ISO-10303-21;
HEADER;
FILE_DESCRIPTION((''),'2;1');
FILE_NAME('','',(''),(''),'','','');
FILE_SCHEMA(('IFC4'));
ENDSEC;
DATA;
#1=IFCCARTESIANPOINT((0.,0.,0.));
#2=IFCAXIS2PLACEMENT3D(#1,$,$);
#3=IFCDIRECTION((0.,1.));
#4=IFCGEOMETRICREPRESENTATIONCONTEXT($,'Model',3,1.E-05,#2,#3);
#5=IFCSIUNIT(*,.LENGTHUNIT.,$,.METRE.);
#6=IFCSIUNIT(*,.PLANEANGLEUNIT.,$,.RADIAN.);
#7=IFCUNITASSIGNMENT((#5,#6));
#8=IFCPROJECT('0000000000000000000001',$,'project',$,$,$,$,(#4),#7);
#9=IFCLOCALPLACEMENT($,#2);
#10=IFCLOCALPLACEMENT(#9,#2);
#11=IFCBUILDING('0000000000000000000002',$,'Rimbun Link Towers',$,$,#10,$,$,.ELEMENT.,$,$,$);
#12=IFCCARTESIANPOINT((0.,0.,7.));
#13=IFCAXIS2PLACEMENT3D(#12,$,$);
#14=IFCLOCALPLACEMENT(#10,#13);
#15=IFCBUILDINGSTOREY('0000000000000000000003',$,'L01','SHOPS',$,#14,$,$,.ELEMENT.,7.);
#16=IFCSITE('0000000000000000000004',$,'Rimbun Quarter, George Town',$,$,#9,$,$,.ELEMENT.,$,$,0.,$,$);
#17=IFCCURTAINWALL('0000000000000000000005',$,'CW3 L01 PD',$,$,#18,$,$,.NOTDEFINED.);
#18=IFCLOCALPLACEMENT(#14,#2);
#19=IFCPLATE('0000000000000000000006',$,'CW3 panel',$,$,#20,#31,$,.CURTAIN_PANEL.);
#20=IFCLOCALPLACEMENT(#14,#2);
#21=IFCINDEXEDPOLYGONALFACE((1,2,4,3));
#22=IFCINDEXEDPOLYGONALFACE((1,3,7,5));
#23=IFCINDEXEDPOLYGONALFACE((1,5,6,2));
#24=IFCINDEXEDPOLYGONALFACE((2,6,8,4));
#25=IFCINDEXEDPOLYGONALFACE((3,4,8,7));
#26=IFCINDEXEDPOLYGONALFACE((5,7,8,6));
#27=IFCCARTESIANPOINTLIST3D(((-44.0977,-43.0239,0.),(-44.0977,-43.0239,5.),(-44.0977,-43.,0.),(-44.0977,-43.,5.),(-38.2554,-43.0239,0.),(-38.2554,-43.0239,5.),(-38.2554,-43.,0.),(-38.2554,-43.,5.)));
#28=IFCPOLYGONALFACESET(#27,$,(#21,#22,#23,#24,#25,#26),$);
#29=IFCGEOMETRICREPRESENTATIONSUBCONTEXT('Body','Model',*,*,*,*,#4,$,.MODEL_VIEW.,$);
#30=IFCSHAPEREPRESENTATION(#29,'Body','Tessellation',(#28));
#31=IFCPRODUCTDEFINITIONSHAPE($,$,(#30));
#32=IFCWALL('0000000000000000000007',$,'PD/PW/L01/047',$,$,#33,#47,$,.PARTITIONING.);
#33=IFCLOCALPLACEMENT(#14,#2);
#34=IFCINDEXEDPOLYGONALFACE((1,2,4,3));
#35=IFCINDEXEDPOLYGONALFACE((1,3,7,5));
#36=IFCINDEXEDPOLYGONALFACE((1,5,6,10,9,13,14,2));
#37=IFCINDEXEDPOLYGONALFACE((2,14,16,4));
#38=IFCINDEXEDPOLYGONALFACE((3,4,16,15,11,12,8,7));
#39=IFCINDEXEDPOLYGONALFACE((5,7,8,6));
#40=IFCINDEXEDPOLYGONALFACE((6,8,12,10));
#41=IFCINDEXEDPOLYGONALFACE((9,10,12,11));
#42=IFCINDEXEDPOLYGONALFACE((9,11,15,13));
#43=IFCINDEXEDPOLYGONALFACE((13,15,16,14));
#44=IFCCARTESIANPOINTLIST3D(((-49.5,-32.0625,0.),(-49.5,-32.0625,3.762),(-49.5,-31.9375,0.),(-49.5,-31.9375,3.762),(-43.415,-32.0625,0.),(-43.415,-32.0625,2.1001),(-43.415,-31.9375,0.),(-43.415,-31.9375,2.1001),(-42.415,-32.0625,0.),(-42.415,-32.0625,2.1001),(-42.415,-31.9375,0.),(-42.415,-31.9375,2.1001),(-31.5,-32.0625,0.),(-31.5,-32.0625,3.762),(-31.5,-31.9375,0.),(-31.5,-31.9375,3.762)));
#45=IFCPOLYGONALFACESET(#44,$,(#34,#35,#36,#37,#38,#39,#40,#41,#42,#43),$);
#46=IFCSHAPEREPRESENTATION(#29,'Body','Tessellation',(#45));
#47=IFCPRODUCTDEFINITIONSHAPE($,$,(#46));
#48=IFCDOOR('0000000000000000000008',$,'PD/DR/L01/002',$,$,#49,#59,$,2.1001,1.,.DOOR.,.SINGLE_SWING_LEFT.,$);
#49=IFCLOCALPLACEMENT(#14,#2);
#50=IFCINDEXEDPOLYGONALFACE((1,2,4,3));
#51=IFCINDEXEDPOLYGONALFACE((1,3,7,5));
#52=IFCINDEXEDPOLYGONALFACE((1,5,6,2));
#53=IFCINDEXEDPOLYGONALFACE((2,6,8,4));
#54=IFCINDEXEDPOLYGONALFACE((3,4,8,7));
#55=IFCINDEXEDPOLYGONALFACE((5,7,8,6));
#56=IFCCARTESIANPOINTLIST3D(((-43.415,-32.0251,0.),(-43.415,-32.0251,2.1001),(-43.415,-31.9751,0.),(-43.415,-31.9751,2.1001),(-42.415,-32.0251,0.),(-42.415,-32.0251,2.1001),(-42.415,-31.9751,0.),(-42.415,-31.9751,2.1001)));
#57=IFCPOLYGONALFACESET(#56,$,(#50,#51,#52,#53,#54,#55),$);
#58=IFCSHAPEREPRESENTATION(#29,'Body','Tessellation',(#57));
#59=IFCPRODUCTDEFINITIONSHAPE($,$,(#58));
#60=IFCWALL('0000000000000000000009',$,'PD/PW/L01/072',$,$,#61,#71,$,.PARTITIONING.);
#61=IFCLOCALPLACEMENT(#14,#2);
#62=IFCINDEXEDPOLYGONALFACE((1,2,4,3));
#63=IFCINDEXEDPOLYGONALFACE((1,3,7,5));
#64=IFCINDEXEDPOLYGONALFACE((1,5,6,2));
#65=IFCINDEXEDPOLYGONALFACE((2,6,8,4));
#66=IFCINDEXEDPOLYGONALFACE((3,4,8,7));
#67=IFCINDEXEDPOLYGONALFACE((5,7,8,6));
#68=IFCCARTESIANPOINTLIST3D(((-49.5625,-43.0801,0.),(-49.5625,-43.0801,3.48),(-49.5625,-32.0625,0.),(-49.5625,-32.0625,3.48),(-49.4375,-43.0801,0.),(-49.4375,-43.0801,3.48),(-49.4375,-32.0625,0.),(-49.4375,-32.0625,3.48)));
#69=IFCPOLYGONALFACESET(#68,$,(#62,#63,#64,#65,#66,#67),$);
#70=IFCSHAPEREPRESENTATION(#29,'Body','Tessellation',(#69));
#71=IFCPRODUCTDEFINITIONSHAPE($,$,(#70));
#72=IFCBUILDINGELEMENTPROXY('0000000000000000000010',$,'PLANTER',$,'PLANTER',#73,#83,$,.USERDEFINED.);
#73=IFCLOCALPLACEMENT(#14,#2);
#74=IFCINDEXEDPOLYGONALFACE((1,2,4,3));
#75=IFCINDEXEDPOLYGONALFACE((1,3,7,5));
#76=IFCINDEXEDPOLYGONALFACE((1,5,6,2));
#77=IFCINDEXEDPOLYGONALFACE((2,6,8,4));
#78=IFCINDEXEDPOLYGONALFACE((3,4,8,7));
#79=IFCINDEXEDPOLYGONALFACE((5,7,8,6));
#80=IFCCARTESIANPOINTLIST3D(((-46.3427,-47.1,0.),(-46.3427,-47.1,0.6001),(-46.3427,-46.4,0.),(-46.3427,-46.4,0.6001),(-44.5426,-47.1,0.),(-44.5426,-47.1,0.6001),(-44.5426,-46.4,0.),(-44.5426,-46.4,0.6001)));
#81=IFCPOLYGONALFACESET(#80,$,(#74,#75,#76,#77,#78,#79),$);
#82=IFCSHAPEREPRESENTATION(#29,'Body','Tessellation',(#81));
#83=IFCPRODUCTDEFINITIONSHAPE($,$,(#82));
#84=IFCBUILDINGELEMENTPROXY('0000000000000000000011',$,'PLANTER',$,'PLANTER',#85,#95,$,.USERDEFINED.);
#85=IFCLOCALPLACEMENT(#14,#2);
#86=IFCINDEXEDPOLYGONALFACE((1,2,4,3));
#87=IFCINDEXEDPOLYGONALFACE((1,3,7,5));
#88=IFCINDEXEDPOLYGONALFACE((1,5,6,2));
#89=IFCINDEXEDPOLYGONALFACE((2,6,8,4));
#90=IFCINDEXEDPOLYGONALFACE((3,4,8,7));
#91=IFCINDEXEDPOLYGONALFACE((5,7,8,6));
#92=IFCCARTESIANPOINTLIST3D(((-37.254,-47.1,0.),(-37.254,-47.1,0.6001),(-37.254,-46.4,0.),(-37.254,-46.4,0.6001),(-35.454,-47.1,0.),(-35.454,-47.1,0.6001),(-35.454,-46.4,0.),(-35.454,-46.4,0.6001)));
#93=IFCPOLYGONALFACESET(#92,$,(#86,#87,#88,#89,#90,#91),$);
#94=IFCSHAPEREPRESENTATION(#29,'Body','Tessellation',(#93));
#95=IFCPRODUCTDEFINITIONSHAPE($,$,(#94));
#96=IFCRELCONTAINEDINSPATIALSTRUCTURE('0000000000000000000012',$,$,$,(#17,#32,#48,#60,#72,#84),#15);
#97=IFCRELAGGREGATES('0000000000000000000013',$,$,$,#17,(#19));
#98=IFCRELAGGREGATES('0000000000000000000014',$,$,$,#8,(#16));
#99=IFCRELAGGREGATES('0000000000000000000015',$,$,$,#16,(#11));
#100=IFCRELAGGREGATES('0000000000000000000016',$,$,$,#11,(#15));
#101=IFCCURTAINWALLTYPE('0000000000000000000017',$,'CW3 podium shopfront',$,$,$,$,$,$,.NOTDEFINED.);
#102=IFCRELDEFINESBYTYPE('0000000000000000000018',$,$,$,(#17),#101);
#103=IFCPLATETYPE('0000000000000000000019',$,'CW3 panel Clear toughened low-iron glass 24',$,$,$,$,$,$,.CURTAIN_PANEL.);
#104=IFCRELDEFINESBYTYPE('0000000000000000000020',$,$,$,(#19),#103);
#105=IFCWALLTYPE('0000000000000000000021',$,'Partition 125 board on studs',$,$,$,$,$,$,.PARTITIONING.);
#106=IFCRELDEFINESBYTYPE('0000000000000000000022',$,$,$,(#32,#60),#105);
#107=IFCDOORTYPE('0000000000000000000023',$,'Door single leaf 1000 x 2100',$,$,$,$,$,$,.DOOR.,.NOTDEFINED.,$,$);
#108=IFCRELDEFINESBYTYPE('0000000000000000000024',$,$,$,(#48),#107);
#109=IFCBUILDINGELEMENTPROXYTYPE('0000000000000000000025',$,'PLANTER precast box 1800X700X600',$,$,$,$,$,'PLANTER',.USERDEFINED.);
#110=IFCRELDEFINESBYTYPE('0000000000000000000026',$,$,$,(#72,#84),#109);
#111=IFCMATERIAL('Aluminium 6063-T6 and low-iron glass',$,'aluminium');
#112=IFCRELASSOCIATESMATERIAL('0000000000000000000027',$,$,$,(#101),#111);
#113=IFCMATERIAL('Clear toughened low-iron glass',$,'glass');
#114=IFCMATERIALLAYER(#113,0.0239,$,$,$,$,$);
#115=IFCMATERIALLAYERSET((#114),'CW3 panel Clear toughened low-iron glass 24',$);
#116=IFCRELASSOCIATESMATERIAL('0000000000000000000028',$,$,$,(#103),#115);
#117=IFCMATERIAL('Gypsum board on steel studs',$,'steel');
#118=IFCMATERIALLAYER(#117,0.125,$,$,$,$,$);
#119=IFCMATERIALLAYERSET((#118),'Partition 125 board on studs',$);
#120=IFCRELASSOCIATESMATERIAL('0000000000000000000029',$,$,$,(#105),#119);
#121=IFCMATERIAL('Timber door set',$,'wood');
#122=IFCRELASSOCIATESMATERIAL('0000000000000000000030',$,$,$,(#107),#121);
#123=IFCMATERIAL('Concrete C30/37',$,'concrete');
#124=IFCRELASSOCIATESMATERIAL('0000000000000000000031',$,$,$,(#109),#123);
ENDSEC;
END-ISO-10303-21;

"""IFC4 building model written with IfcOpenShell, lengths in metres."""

from ifc_helpers import new_model, si_unit, direction, frame, frame_2d, origin, origin_2d, place, context, subcontext, project, spatial, rectangle, extrude, material, layer, layer_set, type_object, element, fill, aggregate, save


model = new_model("IFC4")

# Units and contexts
model_context = context("Model", 3, precision=1e-05, world=origin(), true_north=direction((0.0, 1.0)))
body_context = subcontext(model_context, "Body", "Model", "MODEL_VIEW")
ifc_project = project(units=[si_unit("LENGTHUNIT", "METRE"), si_unit("PLANEANGLEUNIT", "RADIAN")], contexts=[model_context])

# Site, building, storey
site_placement = place(None, origin())
site = spatial("IfcSite", under=ifc_project, at=site_placement, Name="Rimbun Quarter, George Town", CompositionType="ELEMENT", RefElevation=0.0)
building_placement = place(site_placement, origin())
building = spatial("IfcBuilding", under=site, at=building_placement, Name="Rimbun Link Towers", CompositionType="ELEMENT")
storey_placement = place(building_placement, frame((0.0, 0.0, 7.0)))
storey = spatial("IfcBuildingStorey", under=building, at=storey_placement, Name="L01", Description="SHOPS", CompositionType="ELEMENT", Elevation=7.0)

# Curtain wall
ifc_material_1 = material(Name="Aluminium 6063-T6 and low-iron glass", Category="aluminium")
curtain_wall_type = type_object("IfcCurtainWallType", Name="CW3 podium shopfront", PredefinedType="NOTDEFINED", material=ifc_material_1)
curtain_wall_placement = place(storey_placement, origin())
curtain_wall = element("IfcCurtainWall", 1, at=curtain_wall_placement, inside=storey, type_object=curtain_wall_type, Name="CW3 L01 PD", PredefinedType="NOTDEFINED")

# Plate
ifc_material_2 = material(Name="Clear toughened low-iron glass", Category="glass")
ifc_layer_1 = layer(ifc_material_2, 0.0239)
ifc_layer_set_1 = layer_set([ifc_layer_1], Name="CW3 panel Clear toughened low-iron glass 24")
plate_type = type_object("IfcPlateType", Name="CW3 panel Clear toughened low-iron glass 24", PredefinedType="CURTAIN_PANEL", material=ifc_layer_set_1)
plate_1_placement = place(storey_placement, frame((-41.1765, -43.012, 0.0), z_axis=(0.0, 0.0, 1.0), x_axis=(-1.0, 0.0, 0.0)))
plate_1 = element("IfcPlate", 2, at=plate_1_placement, type_object=plate_type, Name="CW3 panel", PredefinedType="CURTAIN_PANEL", context=body_context, shape_type="SweptSolid", body=[
    extrude(rectangle(XDim=5.8423, YDim=0.0239, at=origin_2d()), origin(), (0.0, 0.0, 1.0), 5.0),
])
aggregate(curtain_wall, [plate_1])

# Wall, opening, door
ifc_material_3 = material(Name="Gypsum board on steel studs", Category="steel")
ifc_layer_2 = layer(ifc_material_3, 0.125)
ifc_layer_set_2 = layer_set([ifc_layer_2], Name="Partition 125 board on studs")
wall_type = type_object("IfcWallType", Name="Partition 125 board on studs", PredefinedType="PARTITIONING", material=ifc_layer_set_2)
wall_1_placement = place(storey_placement, frame((-49.5, -32.0, 0.0), z_axis=(0.0, 0.0, 1.0), x_axis=(1.0, 0.0, 0.0)))
wall_1 = element("IfcWall", 3, at=wall_1_placement, inside=storey, type_object=wall_type, Name="PD/PW/L01/047", PredefinedType="PARTITIONING", context=body_context, shape_type="SweptSolid", body=[
    extrude(rectangle(XDim=18.0, YDim=0.125, at=frame_2d((9.0, 0.0))), origin(), (0.0, 0.0, 1.0), 3.762),
])
opening_placement = place(wall_1_placement, frame((6.085, 0.0, 0.0)))
opening = element("IfcOpeningElement", 4, at=opening_placement, cuts=wall_1, PredefinedType="OPENING", context=body_context, shape_type="SweptSolid", body=[
    extrude(rectangle(XDim=1.0, YDim=2.1001, at=frame_2d((0.5, 1.05))), frame((0.0, 0.0725, 0.0), z_axis=(0.0, -1.0, 0.0), x_axis=(1.0, 0.0, 0.0)), (0.0, 0.0, 1.0), 0.145),
])
ifc_material_4 = material(Name="Timber door set", Category="wood")
door_type = type_object("IfcDoorType", Name="Door single leaf 1000 x 2100", OperationType="NOTDEFINED", PredefinedType="DOOR", material=ifc_material_4)
door_placement = place(opening_placement, origin())
door = element("IfcDoor", 5, at=door_placement, inside=storey, type_object=door_type, Name="PD/DR/L01/002", OperationType="SINGLE_SWING_LEFT", OverallHeight=2.1001, OverallWidth=1.0, PredefinedType="DOOR", context=body_context, shape_type="SweptSolid", body=[
    extrude(rectangle(XDim=1.0, YDim=2.1001, at=frame_2d((0.5, 1.05))), frame((0.0, 0.0249, 0.0), z_axis=(0.0, -1.0, 0.0), x_axis=(1.0, 0.0, 0.0)), (0.0, 0.0, 1.0), 0.05),
])
fill(opening, door)

# Wall
wall_2_placement = place(storey_placement, frame((-49.5, -43.0801, 0.0), z_axis=(0.0, 0.0, 1.0), x_axis=(0.0, 1.0, 0.0)))
element("IfcWall", 6, at=wall_2_placement, inside=storey, type_object=wall_type, Name="PD/PW/L01/072", PredefinedType="PARTITIONING", context=body_context, shape_type="SweptSolid", body=[
    extrude(rectangle(XDim=11.0176, YDim=0.125, at=frame_2d((5.5088, 0.0))), origin(), (0.0, 0.0, 1.0), 3.48),
])

# Building element proxies
ifc_material_5 = material(Name="Concrete C30/37", Category="concrete")
building_element_proxy_type = type_object("IfcBuildingElementProxyType", Name="PLANTER precast box 1800X700X600", ElementType="PLANTER", PredefinedType="USERDEFINED", material=ifc_material_5)
for number, where, z_axis, x_axis, name in (
    (7, (-45.4426, -46.75, 0.0), (0.0, 0.0, 1.0), (1.0, 0.0, 0.0), "PLANTER"),
    (8, (-36.354, -46.75, 0.0), (0.0, 0.0, 1.0), (1.0, 0.0, 0.0), "PLANTER"),
):
    element("IfcBuildingElementProxy", number, at=place(storey_placement, frame(where, z_axis=z_axis, x_axis=x_axis)), inside=storey, type_object=building_element_proxy_type, Name=name, ObjectType="PLANTER", PredefinedType="USERDEFINED", context=body_context, shape_type="SweptSolid", body=[
        extrude(rectangle(XDim=1.8, YDim=0.7, at=origin_2d()), origin(), (0.0, 0.0, 1.0), 0.6001),
    ])

save(model, "model.ifc")
